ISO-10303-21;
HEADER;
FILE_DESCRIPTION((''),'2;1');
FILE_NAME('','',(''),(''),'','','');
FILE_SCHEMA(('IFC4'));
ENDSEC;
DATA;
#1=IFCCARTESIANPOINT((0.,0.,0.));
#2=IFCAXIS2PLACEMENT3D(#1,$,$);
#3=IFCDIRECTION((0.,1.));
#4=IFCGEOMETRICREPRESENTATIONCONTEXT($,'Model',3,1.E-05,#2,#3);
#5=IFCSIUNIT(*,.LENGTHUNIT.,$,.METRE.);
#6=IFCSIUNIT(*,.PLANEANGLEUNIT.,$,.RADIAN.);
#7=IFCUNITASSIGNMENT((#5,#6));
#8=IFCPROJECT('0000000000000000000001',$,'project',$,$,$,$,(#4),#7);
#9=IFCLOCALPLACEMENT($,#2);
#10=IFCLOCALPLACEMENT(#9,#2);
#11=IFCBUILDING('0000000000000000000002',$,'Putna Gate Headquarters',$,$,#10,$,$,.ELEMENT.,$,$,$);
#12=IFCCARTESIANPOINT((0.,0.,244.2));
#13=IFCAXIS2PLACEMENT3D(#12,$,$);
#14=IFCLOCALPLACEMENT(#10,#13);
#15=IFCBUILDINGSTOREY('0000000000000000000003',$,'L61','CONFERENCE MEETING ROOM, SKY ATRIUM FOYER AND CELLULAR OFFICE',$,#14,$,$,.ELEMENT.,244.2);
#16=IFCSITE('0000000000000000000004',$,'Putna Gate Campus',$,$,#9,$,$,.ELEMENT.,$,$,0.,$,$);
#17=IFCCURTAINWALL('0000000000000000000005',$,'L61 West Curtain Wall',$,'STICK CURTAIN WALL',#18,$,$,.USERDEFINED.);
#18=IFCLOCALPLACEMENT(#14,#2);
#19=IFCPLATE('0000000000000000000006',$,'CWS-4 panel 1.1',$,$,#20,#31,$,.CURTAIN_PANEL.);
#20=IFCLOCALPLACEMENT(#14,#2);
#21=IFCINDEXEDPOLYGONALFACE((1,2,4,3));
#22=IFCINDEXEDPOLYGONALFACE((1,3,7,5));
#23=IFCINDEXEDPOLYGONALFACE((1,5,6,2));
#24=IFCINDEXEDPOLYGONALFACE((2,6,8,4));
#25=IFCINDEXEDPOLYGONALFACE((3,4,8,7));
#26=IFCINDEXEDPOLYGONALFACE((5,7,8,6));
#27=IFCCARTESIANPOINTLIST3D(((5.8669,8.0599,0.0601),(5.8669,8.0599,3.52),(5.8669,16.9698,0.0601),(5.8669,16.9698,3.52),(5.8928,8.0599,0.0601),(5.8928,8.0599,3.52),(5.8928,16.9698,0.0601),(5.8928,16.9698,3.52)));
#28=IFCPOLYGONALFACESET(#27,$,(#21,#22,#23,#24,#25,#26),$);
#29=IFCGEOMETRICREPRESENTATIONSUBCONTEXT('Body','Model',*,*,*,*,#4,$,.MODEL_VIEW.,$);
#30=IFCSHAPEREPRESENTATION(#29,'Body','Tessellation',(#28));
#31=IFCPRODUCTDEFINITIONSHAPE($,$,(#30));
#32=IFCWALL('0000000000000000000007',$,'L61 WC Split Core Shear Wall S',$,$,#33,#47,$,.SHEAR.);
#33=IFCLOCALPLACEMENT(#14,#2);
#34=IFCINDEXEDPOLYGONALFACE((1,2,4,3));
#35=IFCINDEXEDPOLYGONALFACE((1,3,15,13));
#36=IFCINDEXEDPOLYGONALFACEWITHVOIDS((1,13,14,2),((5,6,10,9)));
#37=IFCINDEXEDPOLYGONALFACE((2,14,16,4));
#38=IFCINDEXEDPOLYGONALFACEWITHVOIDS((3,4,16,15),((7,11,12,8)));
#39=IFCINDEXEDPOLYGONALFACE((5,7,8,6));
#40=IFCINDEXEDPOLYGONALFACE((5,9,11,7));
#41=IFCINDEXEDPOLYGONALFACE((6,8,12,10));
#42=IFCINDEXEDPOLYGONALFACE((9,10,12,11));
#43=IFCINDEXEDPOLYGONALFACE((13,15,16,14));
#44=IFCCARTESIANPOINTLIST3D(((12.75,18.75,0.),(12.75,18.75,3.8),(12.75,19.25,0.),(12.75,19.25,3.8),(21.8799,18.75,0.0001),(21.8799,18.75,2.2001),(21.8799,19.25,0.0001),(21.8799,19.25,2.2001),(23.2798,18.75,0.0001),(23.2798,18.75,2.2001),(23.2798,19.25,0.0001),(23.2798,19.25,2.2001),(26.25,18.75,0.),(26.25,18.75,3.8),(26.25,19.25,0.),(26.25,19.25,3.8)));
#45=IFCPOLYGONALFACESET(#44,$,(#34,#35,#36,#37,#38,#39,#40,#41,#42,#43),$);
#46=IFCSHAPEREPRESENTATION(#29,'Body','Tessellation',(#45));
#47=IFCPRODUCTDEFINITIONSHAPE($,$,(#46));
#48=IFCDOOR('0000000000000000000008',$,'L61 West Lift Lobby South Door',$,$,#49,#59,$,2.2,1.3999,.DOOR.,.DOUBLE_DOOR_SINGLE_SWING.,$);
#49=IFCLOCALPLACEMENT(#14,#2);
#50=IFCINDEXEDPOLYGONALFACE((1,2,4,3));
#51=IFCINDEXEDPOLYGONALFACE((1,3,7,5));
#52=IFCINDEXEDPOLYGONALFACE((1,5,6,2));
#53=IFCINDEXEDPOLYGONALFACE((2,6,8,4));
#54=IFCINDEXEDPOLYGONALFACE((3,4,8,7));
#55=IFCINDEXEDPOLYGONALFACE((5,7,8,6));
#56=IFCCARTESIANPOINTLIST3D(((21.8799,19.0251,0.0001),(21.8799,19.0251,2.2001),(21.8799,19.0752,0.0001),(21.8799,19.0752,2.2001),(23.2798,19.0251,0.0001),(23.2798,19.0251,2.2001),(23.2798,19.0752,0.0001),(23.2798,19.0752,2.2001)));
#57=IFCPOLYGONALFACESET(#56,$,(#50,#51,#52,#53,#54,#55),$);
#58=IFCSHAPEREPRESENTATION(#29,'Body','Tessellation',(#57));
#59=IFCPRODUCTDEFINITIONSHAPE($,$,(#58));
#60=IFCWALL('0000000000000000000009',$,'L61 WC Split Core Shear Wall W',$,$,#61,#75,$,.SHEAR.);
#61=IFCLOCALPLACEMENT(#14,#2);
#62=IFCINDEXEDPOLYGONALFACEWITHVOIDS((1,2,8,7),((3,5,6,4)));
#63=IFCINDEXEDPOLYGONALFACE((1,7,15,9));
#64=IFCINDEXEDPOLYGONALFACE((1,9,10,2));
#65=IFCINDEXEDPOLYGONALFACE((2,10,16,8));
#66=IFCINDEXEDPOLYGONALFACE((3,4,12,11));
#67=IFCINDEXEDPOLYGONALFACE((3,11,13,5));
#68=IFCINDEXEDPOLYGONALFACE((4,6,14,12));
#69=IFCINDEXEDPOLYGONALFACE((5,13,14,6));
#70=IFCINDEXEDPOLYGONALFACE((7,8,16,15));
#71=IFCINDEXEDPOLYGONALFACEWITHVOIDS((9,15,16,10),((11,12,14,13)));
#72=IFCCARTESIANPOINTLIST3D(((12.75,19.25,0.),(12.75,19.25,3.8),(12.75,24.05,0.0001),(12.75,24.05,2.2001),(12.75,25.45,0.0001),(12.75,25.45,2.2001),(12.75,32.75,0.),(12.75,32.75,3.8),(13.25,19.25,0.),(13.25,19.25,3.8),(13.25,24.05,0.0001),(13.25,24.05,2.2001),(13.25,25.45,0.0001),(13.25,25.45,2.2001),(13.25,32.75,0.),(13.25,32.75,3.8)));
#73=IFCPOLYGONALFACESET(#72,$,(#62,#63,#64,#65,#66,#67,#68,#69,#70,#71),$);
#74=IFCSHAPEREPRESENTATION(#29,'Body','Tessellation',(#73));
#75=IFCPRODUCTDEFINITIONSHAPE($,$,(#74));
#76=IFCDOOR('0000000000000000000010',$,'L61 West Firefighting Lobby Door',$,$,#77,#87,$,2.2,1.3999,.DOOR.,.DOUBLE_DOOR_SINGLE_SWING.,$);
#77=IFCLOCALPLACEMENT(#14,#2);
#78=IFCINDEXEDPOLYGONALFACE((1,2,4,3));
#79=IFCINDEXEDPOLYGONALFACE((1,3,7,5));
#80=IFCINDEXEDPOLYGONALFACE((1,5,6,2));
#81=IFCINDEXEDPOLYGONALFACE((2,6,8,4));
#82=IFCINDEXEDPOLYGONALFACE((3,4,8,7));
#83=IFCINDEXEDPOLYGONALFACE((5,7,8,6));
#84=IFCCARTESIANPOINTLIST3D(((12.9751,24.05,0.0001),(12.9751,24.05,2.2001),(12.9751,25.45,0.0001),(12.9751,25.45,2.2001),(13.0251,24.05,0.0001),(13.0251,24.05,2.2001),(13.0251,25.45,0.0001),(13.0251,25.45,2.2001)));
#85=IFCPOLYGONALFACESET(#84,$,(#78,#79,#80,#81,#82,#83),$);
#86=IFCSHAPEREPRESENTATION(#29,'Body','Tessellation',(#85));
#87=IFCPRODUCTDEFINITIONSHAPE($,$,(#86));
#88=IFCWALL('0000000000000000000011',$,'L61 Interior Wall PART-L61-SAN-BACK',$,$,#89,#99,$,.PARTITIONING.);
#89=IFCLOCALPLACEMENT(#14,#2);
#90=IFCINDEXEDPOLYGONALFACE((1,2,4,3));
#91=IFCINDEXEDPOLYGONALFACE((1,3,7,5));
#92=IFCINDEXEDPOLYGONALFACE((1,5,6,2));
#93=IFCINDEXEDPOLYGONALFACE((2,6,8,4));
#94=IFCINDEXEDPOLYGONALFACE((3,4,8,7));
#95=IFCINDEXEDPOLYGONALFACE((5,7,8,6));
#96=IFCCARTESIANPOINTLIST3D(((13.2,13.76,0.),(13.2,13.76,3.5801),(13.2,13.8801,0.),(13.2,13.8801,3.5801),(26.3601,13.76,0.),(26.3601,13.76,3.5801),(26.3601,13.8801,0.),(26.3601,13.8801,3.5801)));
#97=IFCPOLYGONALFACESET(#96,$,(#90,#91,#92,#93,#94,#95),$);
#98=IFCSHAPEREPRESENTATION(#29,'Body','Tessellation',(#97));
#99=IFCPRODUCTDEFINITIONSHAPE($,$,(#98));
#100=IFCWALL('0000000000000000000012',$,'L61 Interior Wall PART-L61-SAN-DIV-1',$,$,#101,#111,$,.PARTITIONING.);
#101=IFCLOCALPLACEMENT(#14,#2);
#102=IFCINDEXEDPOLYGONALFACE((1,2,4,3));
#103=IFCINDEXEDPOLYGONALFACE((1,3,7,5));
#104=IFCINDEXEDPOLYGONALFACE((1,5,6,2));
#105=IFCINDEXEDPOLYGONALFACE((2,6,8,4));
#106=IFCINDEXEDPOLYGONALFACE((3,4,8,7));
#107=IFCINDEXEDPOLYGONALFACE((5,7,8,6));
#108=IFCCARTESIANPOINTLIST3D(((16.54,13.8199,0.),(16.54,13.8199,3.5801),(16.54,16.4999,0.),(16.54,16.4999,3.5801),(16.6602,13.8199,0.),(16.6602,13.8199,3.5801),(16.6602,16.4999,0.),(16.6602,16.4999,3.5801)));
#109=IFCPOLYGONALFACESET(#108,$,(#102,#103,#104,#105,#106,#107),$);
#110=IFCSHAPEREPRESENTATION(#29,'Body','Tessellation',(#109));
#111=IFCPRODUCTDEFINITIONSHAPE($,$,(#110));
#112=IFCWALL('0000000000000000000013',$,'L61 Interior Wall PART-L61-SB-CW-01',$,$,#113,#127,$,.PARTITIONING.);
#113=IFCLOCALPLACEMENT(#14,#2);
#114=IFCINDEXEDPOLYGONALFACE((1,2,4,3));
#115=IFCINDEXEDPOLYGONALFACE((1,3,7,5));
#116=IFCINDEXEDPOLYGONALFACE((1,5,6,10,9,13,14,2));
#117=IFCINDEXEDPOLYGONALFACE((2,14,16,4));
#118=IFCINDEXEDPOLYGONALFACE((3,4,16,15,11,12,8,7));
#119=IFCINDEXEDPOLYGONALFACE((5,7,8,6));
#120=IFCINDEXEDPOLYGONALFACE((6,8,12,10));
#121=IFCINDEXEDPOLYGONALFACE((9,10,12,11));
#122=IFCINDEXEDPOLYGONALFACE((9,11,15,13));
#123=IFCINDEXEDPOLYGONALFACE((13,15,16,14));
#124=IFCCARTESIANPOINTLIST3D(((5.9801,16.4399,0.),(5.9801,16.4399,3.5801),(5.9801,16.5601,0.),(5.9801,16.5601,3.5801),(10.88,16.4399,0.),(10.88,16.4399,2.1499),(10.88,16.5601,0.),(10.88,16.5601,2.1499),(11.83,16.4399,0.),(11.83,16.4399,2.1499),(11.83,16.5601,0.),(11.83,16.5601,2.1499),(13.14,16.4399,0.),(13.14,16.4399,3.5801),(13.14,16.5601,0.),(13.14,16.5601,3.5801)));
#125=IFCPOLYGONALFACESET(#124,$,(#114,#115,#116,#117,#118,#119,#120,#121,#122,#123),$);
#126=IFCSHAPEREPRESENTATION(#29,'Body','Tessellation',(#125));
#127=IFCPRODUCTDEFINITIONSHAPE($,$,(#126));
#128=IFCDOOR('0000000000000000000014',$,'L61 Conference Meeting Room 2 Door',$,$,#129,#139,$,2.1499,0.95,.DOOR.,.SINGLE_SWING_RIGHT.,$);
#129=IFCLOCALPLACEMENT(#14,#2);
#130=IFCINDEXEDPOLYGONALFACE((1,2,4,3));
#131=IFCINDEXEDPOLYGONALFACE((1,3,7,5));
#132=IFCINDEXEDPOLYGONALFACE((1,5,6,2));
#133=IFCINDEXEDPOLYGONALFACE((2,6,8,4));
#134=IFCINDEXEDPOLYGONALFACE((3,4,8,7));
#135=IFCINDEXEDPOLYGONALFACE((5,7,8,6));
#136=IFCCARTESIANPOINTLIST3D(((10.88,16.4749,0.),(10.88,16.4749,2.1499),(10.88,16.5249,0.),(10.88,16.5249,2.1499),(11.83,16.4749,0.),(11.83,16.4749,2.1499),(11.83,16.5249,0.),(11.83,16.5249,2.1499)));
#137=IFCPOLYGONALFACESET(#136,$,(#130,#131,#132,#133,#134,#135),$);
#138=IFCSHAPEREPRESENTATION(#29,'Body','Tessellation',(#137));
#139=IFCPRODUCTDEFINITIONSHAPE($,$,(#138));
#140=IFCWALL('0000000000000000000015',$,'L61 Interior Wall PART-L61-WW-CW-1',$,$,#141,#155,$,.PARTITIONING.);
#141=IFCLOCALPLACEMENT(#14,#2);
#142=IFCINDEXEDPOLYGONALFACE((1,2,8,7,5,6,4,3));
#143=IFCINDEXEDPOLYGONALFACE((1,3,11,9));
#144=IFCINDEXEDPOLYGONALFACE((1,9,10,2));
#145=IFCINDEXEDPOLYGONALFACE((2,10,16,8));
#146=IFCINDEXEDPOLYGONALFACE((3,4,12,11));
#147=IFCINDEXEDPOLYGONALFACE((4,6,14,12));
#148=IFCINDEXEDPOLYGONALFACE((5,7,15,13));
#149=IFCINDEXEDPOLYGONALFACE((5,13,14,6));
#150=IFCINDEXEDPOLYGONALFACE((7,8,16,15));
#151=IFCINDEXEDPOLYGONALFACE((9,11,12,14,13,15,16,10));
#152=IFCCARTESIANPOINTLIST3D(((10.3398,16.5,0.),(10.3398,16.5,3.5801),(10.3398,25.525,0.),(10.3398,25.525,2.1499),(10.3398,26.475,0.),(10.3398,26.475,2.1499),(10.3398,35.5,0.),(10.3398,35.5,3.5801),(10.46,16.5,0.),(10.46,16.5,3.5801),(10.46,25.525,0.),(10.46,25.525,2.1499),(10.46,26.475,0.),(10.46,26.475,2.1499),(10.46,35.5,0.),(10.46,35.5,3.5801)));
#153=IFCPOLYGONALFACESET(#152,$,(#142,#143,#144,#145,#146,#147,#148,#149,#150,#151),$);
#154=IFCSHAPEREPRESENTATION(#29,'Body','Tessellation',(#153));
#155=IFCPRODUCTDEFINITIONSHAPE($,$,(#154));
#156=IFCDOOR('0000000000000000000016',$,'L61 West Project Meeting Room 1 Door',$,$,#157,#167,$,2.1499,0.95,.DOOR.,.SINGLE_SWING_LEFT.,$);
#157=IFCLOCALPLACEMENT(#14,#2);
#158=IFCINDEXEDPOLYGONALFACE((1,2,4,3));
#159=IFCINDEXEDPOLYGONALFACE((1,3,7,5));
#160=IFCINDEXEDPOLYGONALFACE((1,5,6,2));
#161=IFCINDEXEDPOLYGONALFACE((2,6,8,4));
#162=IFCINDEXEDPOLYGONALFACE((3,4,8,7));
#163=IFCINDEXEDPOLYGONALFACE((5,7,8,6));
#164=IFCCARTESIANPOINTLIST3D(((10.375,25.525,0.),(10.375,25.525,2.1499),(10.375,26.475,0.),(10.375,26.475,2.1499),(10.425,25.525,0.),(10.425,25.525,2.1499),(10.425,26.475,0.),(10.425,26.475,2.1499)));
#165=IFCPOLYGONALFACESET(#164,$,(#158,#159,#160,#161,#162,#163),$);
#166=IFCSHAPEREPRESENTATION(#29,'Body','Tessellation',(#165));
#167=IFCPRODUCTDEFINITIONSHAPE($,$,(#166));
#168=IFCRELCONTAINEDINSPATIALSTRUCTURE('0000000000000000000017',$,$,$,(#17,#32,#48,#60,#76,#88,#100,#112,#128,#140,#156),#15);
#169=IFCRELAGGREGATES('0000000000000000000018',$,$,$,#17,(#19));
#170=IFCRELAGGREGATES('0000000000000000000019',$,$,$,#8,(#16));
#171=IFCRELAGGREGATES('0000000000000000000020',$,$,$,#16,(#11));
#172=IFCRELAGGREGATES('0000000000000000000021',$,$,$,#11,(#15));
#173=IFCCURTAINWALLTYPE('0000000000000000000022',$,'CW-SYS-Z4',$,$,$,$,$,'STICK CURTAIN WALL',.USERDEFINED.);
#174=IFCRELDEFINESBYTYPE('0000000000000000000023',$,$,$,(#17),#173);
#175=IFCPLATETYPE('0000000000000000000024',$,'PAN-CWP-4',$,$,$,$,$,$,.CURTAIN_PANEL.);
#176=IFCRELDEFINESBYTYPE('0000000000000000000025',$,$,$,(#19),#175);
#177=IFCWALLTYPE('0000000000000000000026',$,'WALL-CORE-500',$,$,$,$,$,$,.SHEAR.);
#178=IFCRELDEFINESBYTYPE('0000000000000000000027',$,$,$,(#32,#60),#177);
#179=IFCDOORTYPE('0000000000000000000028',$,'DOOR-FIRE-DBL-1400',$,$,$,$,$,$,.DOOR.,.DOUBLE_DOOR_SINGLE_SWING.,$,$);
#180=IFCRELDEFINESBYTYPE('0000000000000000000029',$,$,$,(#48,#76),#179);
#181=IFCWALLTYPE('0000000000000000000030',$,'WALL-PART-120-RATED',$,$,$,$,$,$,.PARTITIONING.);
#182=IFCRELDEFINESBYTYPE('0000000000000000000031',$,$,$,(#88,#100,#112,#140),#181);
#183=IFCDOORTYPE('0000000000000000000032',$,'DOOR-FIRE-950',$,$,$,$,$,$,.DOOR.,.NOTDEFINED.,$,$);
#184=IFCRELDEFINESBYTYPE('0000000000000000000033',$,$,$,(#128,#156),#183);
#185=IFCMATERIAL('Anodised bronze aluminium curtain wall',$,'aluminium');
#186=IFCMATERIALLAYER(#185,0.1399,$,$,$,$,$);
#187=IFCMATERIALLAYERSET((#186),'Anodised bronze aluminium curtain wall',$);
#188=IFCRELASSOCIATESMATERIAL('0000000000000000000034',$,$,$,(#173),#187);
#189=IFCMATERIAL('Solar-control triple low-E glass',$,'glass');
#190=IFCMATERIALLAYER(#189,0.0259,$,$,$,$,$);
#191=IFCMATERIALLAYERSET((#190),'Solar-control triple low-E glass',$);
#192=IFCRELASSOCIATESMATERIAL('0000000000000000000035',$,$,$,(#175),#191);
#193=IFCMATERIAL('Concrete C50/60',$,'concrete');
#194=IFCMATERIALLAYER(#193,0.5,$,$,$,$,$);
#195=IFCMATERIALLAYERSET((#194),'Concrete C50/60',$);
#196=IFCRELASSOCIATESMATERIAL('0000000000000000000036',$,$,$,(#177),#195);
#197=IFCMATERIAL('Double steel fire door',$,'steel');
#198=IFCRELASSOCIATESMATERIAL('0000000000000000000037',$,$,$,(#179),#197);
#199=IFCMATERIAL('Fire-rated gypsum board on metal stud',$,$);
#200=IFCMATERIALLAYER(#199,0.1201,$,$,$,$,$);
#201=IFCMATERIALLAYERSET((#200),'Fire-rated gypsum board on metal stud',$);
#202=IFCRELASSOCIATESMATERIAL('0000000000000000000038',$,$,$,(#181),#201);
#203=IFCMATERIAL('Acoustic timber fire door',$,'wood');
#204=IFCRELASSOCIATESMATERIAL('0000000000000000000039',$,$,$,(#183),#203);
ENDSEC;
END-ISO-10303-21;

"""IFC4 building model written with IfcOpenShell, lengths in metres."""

from ifc_helpers import new_model, si_unit, direction, frame, frame_2d, origin, origin_2d, place, context, subcontext, project, spatial, rectangle, extrude, material, layer, layer_set, type_object, element, fill, aggregate, save


model = new_model("IFC4")

# Units and contexts
model_context = context("Model", 3, precision=1e-05, world=origin(), true_north=direction((0.0, 1.0)))
body_context = subcontext(model_context, "Body", "Model", "MODEL_VIEW")
ifc_project = project(units=[si_unit("LENGTHUNIT", "METRE"), si_unit("PLANEANGLEUNIT", "RADIAN")], contexts=[model_context])

# Site, building, storey
site_placement = place(None, origin())
site = spatial("IfcSite", under=ifc_project, at=site_placement, Name="Putna Gate Campus", CompositionType="ELEMENT", RefElevation=0.0)
building_placement = place(site_placement, origin())
building = spatial("IfcBuilding", under=site, at=building_placement, Name="Putna Gate Headquarters", CompositionType="ELEMENT")
storey_placement = place(building_placement, frame((0.0, 0.0, 244.2)))
storey = spatial("IfcBuildingStorey", under=building, at=storey_placement, Name="L61", Description="CONFERENCE MEETING ROOM, SKY ATRIUM FOYER AND CELLULAR OFFICE", CompositionType="ELEMENT", Elevation=244.2)

# Curtain wall, plate
ifc_material_1 = material(Name="Anodised bronze aluminium curtain wall", Category="aluminium")
ifc_layer_1 = layer(ifc_material_1, 0.1399)
ifc_layer_set_1 = layer_set([ifc_layer_1], Name="Anodised bronze aluminium curtain wall")
curtain_wall_type = type_object("IfcCurtainWallType", Name="CW-SYS-Z4", ElementType="STICK CURTAIN WALL", PredefinedType="USERDEFINED", material=ifc_layer_set_1)
curtain_wall_placement = place(storey_placement, origin())
curtain_wall = element("IfcCurtainWall", 1, at=curtain_wall_placement, inside=storey, type_object=curtain_wall_type, Name="L61 West Curtain Wall", ObjectType="STICK CURTAIN WALL", PredefinedType="USERDEFINED")
ifc_material_2 = material(Name="Solar-control triple low-E glass", Category="glass")
ifc_layer_2 = layer(ifc_material_2, 0.0259)
ifc_layer_set_2 = layer_set([ifc_layer_2], Name="Solar-control triple low-E glass")
plate_type = type_object("IfcPlateType", Name="PAN-CWP-4", PredefinedType="CURTAIN_PANEL", material=ifc_layer_set_2)
plate_placement = place(storey_placement, frame((5.8799, 12.5149, 0.0601), z_axis=(0.0, 0.0, 1.0), x_axis=(0.0, 1.0, 0.0)))
plate = element("IfcPlate", 2, at=plate_placement, type_object=plate_type, Name="CWS-4 panel 1.1", PredefinedType="CURTAIN_PANEL", context=body_context, shape_type="SweptSolid", body=[
    extrude(rectangle(XDim=8.9099, YDim=0.0259, at=origin_2d()), origin(), (0.0, 0.0, 1.0), 3.46),
])
aggregate(curtain_wall, [plate])

# Walls, openings, doors
ifc_material_3 = material(Name="Concrete C50/60", Category="concrete")
ifc_layer_3 = layer(ifc_material_3, 0.5)
ifc_layer_set_3 = layer_set([ifc_layer_3], Name="Concrete C50/60")
wall_type_1 = type_object("IfcWallType", Name="WALL-CORE-500", PredefinedType="SHEAR", material=ifc_layer_set_3)
wall_1_placement = place(storey_placement, frame((12.75, 19.0, 0.0), z_axis=(0.0, 0.0, 1.0), x_axis=(1.0, 0.0, 0.0)))
wall_1 = element("IfcWall", 3, at=wall_1_placement, inside=storey, type_object=wall_type_1, Name="L61 WC Split Core Shear Wall S", PredefinedType="SHEAR", context=body_context, shape_type="SweptSolid", body=[
    extrude(rectangle(XDim=13.5, YDim=0.5, at=frame_2d((6.75, 0.0))), origin(), (0.0, 0.0, 1.0), 3.8),
])
opening_1_placement = place(wall_1_placement, frame((9.1299, 0.0, 0.0)))
opening_1 = element("IfcOpeningElement", 4, at=opening_1_placement, cuts=wall_1, PredefinedType="OPENING", context=body_context, shape_type="SweptSolid", body=[
    extrude(rectangle(XDim=1.3999, YDim=2.2, at=frame_2d((0.7, 1.1001))), frame((0.0, 0.26, 0.0), z_axis=(0.0, -1.0, 0.0), x_axis=(1.0, 0.0, 0.0)), (0.0, 0.0, 1.0), 0.52),
])
ifc_material_4 = material(Name="Double steel fire door", Category="steel")
door_type_1 = type_object("IfcDoorType", Name="DOOR-FIRE-DBL-1400", OperationType="DOUBLE_DOOR_SINGLE_SWING", PredefinedType="DOOR", material=ifc_material_4)
door_1_placement = place(opening_1_placement, origin())
door_1 = element("IfcDoor", 5, at=door_1_placement, inside=storey, type_object=door_type_1, Name="L61 West Lift Lobby South Door", OperationType="DOUBLE_DOOR_SINGLE_SWING", OverallHeight=2.2, OverallWidth=1.3999, PredefinedType="DOOR", context=body_context, shape_type="SweptSolid", body=[
    extrude(rectangle(XDim=1.3999, YDim=2.2, at=frame_2d((0.7, 1.1001))), frame((0.0, 0.0752, 0.0), z_axis=(0.0, -1.0, 0.0), x_axis=(1.0, 0.0, 0.0)), (0.0, 0.0, 1.0), 0.05),
])
fill(opening_1, door_1)
wall_2_placement = place(storey_placement, frame((13.0, 19.25, 0.0), z_axis=(0.0, 0.0, 1.0), x_axis=(0.0, 1.0, 0.0)))
wall_2 = element("IfcWall", 6, at=wall_2_placement, inside=storey, type_object=wall_type_1, Name="L61 WC Split Core Shear Wall W", PredefinedType="SHEAR", context=body_context, shape_type="SweptSolid", body=[
    extrude(rectangle(XDim=13.5, YDim=0.5, at=frame_2d((6.75, 0.0))), origin(), (0.0, 0.0, 1.0), 3.8),
])
opening_2_placement = place(wall_2_placement, frame((4.8, 0.0, 0.0)))
opening_2 = element("IfcOpeningElement", 7, at=opening_2_placement, cuts=wall_2, PredefinedType="OPENING", context=body_context, shape_type="SweptSolid", body=[
    extrude(rectangle(XDim=1.3999, YDim=2.2, at=frame_2d((0.7, 1.1001))), frame((0.0, 0.26, 0.0), z_axis=(0.0, -1.0, 0.0), x_axis=(1.0, 0.0, 0.0)), (0.0, 0.0, 1.0), 0.52),
])
door_2_placement = place(opening_2_placement, origin())
door_2 = element("IfcDoor", 8, at=door_2_placement, inside=storey, type_object=door_type_1, Name="L61 West Firefighting Lobby Door", OperationType="DOUBLE_DOOR_SINGLE_SWING", OverallHeight=2.2, OverallWidth=1.3999, PredefinedType="DOOR", context=body_context, shape_type="SweptSolid", body=[
    extrude(rectangle(XDim=1.3999, YDim=2.2, at=frame_2d((0.7, 1.1001))), frame((0.0, 0.0249, 0.0), z_axis=(0.0, -1.0, 0.0), x_axis=(1.0, 0.0, 0.0)), (0.0, 0.0, 1.0), 0.05),
])
fill(opening_2, door_2)

# Shared definitions
ifc_material_5 = material(Name="Fire-rated gypsum board on metal stud")
ifc_layer_4 = layer(ifc_material_5, 0.1201)
ifc_layer_set_4 = layer_set([ifc_layer_4], Name="Fire-rated gypsum board on metal stud")
wall_type_2 = type_object("IfcWallType", Name="WALL-PART-120-RATED", PredefinedType="PARTITIONING", material=ifc_layer_set_4)
ifc_material_6 = material(Name="Acoustic timber fire door", Category="wood")
door_type_2 = type_object("IfcDoorType", Name="DOOR-FIRE-950", OperationType="NOTDEFINED", PredefinedType="DOOR", material=ifc_material_6)

# Walls
wall_3_placement = place(storey_placement, frame((13.2, 13.8201, 0.0), z_axis=(0.0, 0.0, 1.0), x_axis=(1.0, 0.0, 0.0)))
element("IfcWall", 9, at=wall_3_placement, inside=storey, type_object=wall_type_2, Name="L61 Interior Wall PART-L61-SAN-BACK", PredefinedType="PARTITIONING", context=body_context, shape_type="SweptSolid", body=[
    extrude(rectangle(XDim=13.1602, YDim=0.1201, at=frame_2d((6.5801, 0.0))), origin(), (0.0, 0.0, 1.0), 3.5801),
])
wall_4_placement = place(storey_placement, frame((16.6001, 13.8201, 0.0), z_axis=(0.0, 0.0, 1.0), x_axis=(0.0, 1.0, 0.0)))
element("IfcWall", 10, at=wall_4_placement, inside=storey, type_object=wall_type_2, Name="L61 Interior Wall PART-L61-SAN-DIV-1", PredefinedType="PARTITIONING", context=body_context, shape_type="SweptSolid", body=[
    extrude(rectangle(XDim=2.6799, YDim=0.1201, at=frame_2d((1.3398, 0.0))), origin(), (0.0, 0.0, 1.0), 3.5801),
])

# Walls, openings, doors
wall_5_placement = place(storey_placement, frame((5.98, 16.5, 0.0), z_axis=(0.0, 0.0, 1.0), x_axis=(1.0, 0.0, 0.0)))
wall_5 = element("IfcWall", 11, at=wall_5_placement, inside=storey, type_object=wall_type_2, Name="L61 Interior Wall PART-L61-SB-CW-01", PredefinedType="PARTITIONING", context=body_context, shape_type="SweptSolid", body=[
    extrude(rectangle(XDim=7.1599, YDim=0.1201, at=frame_2d((3.5801, 0.0))), origin(), (0.0, 0.0, 1.0), 3.5801),
])
opening_3_placement = place(wall_5_placement, frame((4.8999, 0.0, 0.0)))
opening_3 = element("IfcOpeningElement", 12, at=opening_3_placement, cuts=wall_5, PredefinedType="OPENING", context=body_context, shape_type="SweptSolid", body=[
    extrude(rectangle(XDim=0.95, YDim=2.1499, at=frame_2d((0.4751, 1.075))), frame((0.0, 0.0701, 0.0), z_axis=(0.0, -1.0, 0.0), x_axis=(1.0, 0.0, 0.0)), (0.0, 0.0, 1.0), 0.1401),
])
door_3_placement = place(opening_3_placement, origin())
door_3 = element("IfcDoor", 13, at=door_3_placement, inside=storey, type_object=door_type_2, Name="L61 Conference Meeting Room 2 Door", OperationType="SINGLE_SWING_RIGHT", OverallHeight=2.1499, OverallWidth=0.95, PredefinedType="DOOR", context=body_context, shape_type="SweptSolid", body=[
    extrude(rectangle(XDim=0.95, YDim=2.1499, at=frame_2d((0.4751, 1.075))), frame((0.0, 0.0249, 0.0), z_axis=(0.0, -1.0, 0.0), x_axis=(1.0, 0.0, 0.0)), (0.0, 0.0, 1.0), 0.05),
])
fill(opening_3, door_3)
wall_6_placement = place(storey_placement, frame((10.3999, 16.5, 0.0), z_axis=(0.0, 0.0, 1.0), x_axis=(0.0, 1.0, 0.0)))
wall_6 = element("IfcWall", 14, at=wall_6_placement, inside=storey, type_object=wall_type_2, Name="L61 Interior Wall PART-L61-WW-CW-1", PredefinedType="PARTITIONING", context=body_context, shape_type="SweptSolid", body=[
    extrude(rectangle(XDim=19.0, YDim=0.1201, at=frame_2d((9.5, 0.0))), origin(), (0.0, 0.0, 1.0), 3.5801),
])
opening_4_placement = place(wall_6_placement, frame((9.0249, 0.0, 0.0)))
opening_4 = element("IfcOpeningElement", 15, at=opening_4_placement, cuts=wall_6, PredefinedType="OPENING", context=body_context, shape_type="SweptSolid", body=[
    extrude(rectangle(XDim=0.95, YDim=2.1499, at=frame_2d((0.4751, 1.075))), frame((0.0, 0.0701, 0.0), z_axis=(0.0, -1.0, 0.0), x_axis=(1.0, 0.0, 0.0)), (0.0, 0.0, 1.0), 0.1401),
])
door_4_placement = place(opening_4_placement, origin())
door_4 = element("IfcDoor", 16, at=door_4_placement, inside=storey, type_object=door_type_2, Name="L61 West Project Meeting Room 1 Door", OperationType="SINGLE_SWING_LEFT", OverallHeight=2.1499, OverallWidth=0.95, PredefinedType="DOOR", context=body_context, shape_type="SweptSolid", body=[
    extrude(rectangle(XDim=0.95, YDim=2.1499, at=frame_2d((0.4751, 1.075))), frame((0.0, 0.0249, 0.0), z_axis=(0.0, -1.0, 0.0), x_axis=(1.0, 0.0, 0.0)), (0.0, 0.0, 1.0), 0.05),
])
fill(opening_4, door_4)

save(model, "model.ifc")
